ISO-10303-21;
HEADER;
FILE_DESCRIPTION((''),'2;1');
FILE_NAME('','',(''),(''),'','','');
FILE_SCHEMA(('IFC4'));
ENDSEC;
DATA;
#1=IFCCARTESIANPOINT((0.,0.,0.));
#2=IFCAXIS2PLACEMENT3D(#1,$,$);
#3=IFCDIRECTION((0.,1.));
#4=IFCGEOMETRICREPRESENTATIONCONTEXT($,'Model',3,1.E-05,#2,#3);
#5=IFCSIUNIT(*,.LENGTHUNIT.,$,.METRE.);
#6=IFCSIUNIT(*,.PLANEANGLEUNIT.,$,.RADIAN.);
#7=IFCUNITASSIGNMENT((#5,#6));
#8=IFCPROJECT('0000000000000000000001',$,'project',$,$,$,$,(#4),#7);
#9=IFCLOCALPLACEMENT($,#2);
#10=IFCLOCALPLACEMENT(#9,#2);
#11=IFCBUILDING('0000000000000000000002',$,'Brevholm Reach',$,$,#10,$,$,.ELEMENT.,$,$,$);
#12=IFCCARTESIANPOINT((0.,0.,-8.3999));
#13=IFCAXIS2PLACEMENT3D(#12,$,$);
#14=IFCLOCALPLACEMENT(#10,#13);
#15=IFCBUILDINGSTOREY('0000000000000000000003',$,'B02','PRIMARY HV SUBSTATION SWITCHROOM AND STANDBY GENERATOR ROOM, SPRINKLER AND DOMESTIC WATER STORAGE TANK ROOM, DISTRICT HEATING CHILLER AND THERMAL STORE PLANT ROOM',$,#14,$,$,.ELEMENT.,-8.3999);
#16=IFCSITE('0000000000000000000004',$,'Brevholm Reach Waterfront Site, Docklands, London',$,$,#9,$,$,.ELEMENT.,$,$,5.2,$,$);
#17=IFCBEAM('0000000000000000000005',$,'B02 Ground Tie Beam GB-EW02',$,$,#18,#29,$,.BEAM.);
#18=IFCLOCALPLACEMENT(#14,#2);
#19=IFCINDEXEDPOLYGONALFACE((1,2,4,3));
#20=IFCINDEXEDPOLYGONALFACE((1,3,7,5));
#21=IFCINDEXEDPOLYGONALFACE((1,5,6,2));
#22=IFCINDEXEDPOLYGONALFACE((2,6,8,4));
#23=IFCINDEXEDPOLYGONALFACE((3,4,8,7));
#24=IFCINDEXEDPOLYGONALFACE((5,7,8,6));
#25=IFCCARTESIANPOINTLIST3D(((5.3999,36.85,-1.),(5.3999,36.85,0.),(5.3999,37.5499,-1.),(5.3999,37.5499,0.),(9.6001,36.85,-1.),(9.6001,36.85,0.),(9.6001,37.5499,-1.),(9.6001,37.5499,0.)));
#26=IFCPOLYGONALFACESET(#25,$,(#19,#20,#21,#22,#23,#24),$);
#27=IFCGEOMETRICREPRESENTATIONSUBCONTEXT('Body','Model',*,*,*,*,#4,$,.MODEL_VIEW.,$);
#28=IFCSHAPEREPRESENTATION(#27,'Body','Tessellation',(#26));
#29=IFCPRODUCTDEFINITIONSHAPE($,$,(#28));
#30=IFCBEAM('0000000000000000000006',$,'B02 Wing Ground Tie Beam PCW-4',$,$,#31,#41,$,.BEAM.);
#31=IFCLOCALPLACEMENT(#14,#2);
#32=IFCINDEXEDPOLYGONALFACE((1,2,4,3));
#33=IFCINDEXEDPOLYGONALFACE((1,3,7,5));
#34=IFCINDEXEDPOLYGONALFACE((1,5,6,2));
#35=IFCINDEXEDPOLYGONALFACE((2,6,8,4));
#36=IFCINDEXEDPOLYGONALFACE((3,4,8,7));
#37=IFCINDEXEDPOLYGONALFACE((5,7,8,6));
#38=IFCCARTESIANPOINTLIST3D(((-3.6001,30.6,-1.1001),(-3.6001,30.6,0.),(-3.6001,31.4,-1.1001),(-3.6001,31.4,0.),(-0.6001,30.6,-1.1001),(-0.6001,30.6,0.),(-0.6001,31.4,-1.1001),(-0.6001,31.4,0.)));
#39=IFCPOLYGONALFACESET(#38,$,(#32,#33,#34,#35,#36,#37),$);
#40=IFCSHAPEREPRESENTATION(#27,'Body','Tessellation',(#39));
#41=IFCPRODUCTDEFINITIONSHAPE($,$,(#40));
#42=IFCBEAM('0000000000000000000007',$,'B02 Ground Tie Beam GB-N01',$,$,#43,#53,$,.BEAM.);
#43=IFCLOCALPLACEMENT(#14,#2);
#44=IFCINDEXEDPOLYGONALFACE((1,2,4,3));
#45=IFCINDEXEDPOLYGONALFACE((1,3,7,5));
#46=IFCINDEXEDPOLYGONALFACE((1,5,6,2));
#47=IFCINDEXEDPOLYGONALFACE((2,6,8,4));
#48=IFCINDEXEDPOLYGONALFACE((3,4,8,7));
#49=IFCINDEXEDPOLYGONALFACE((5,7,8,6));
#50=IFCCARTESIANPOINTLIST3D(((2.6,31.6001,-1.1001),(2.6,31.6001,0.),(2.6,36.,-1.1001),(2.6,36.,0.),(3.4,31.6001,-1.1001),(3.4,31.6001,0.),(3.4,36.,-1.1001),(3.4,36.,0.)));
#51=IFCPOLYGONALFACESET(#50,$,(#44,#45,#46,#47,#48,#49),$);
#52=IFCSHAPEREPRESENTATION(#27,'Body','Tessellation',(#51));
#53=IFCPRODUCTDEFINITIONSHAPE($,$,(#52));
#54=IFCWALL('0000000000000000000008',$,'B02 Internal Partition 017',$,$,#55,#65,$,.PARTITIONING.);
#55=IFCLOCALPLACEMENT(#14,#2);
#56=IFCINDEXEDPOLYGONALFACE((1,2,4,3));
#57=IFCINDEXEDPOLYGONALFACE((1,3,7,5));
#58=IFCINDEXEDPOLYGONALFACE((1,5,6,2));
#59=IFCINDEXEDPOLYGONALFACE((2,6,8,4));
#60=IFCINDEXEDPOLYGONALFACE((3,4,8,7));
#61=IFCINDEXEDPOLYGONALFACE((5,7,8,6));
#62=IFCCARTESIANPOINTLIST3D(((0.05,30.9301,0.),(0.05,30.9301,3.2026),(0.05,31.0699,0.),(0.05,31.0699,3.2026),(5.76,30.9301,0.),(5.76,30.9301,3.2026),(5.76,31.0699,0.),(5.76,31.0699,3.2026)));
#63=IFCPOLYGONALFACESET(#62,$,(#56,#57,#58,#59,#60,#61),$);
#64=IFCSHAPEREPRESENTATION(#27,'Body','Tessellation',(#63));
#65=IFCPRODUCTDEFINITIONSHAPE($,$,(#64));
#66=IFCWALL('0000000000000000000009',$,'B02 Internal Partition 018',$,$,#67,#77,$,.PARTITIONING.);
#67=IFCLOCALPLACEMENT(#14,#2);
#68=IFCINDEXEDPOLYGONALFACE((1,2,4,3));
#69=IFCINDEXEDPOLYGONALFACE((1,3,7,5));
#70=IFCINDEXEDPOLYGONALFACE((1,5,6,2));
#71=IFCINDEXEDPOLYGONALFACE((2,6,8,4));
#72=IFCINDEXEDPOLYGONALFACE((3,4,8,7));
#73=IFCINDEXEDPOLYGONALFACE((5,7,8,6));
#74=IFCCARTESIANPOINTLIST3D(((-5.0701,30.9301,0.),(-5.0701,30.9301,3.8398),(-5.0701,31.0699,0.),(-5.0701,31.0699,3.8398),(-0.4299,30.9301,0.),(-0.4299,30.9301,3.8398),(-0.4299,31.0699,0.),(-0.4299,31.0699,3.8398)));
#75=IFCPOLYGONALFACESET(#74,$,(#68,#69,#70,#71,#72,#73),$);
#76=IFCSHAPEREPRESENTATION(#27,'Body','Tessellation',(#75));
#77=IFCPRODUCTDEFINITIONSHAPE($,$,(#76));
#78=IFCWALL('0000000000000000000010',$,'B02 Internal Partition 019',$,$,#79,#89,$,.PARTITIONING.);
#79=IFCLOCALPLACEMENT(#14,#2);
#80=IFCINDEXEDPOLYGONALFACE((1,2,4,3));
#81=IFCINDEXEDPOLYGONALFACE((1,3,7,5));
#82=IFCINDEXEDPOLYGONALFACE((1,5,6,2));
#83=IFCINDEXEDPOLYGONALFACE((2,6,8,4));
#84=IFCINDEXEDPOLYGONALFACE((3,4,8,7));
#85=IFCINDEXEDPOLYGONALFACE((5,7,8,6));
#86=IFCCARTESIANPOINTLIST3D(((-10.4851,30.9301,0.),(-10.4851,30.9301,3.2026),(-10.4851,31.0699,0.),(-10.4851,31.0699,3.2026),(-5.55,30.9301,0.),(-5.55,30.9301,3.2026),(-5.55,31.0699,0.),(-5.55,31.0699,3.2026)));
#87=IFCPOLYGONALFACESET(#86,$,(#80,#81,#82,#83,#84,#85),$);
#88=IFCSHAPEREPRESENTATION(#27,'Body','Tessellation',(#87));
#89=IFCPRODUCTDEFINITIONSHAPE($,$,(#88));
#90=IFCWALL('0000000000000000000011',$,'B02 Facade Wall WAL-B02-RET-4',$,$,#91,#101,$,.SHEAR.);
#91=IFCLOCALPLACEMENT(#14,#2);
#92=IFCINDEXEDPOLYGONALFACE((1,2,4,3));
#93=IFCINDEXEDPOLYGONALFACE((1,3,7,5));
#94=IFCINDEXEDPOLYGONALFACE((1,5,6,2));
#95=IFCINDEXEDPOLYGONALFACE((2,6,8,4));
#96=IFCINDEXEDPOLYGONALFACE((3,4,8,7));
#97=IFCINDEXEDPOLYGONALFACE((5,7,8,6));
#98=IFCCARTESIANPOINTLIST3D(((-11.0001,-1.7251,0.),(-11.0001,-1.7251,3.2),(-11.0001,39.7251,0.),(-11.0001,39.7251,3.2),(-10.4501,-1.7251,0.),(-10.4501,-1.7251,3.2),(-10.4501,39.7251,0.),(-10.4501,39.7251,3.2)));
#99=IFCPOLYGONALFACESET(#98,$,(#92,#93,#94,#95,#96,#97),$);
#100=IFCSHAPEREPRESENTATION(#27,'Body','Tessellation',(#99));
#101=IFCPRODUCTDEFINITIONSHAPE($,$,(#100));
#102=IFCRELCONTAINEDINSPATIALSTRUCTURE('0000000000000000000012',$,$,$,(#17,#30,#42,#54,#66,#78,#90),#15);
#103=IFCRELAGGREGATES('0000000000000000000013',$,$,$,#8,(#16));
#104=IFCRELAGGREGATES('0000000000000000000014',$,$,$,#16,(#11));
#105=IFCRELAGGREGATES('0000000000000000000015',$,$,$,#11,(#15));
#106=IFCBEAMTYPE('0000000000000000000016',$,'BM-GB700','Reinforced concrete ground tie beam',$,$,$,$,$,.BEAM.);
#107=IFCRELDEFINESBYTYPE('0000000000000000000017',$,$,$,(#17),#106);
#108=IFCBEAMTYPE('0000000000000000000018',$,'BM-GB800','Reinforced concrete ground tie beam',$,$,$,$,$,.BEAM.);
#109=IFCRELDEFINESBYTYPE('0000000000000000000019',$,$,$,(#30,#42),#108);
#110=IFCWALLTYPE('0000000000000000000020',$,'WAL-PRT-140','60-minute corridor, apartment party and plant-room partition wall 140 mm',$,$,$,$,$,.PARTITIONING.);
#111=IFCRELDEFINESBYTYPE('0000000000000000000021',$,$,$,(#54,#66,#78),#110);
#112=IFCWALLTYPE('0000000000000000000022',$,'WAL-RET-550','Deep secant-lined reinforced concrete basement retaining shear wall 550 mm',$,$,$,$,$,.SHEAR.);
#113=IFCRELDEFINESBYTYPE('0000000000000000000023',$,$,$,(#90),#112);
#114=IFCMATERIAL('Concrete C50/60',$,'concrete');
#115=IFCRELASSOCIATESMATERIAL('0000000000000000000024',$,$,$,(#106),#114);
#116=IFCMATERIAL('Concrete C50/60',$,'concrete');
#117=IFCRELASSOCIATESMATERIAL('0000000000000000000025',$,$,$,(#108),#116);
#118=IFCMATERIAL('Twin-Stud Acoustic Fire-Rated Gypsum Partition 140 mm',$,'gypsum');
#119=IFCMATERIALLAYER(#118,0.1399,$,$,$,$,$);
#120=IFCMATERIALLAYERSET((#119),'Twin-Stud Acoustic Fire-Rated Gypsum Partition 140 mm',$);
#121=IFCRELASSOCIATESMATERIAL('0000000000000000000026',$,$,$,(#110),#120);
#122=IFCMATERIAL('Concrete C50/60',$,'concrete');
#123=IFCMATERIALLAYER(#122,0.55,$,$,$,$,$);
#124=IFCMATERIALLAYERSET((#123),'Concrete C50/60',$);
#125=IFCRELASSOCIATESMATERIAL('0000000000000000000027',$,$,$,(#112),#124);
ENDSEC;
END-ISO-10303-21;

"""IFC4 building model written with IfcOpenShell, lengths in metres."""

from ifc_helpers import new_model, si_unit, direction, frame, frame_2d, origin, origin_2d, place, context, subcontext, project, spatial, rectangle, extrude, material, layer, layer_set, material_profile, profile_set, type_object, element, save


model = new_model("IFC4")

# Units and contexts
model_context = context("Model", 3, precision=1e-05, world=origin(), true_north=direction((0.0, 1.0)))
body_context = subcontext(model_context, "Body", "Model", "MODEL_VIEW")
ifc_project = project(units=[si_unit("LENGTHUNIT", "METRE"), si_unit("PLANEANGLEUNIT", "RADIAN")], contexts=[model_context])

# Site, building, storey
site_placement = place(None, origin())
site = spatial("IfcSite", under=ifc_project, at=site_placement, Name="Brevholm Reach Waterfront Site, Docklands, London", CompositionType="ELEMENT", RefElevation=5.2)
building_placement = place(site_placement, origin())
building = spatial("IfcBuilding", under=site, at=building_placement, Name="Brevholm Reach", CompositionType="ELEMENT")
storey_placement = place(building_placement, frame((0.0, 0.0, -8.3999)))
storey = spatial("IfcBuildingStorey", under=building, at=storey_placement, Name="B02", Description="PRIMARY HV SUBSTATION SWITCHROOM AND STANDBY GENERATOR ROOM, SPRINKLER AND DOMESTIC WATER STORAGE TANK ROOM, DISTRICT HEATING CHILLER AND THERMAL STORE PLANT ROOM", CompositionType="ELEMENT", Elevation=-8.3999)

# Beams
ifc_material_1 = material(Name="Concrete C50/60", Category="concrete")
ifc_material_profile_1 = material_profile(ifc_material_1, rectangle(XDim=0.7, YDim=1.0, at=origin_2d()), Name="RC 700x1000")
ifc_profile_set_1 = profile_set([ifc_material_profile_1], Name="Concrete C50/60")
beam_type_1 = type_object("IfcBeamType", Name="BM-GB700", Description="Reinforced concrete ground tie beam", PredefinedType="BEAM", material=ifc_profile_set_1)
for number, where, z_axis, x_axis, name in (
    (1, (5.3999, 37.2, -0.5), (1.0, 0.0, 0.0), (0.0, 1.0, 0.0), "B02 Ground Tie Beam GB-EW02"),
):
    element("IfcBeam", number, at=place(storey_placement, frame(where, z_axis=z_axis, x_axis=x_axis)), inside=storey, type_object=beam_type_1, Name=name, PredefinedType="BEAM", context=body_context, shape_type="SweptSolid", body=[
        extrude(rectangle(XDim=0.7, YDim=1.0, at=origin_2d()), origin(), (0.0, 0.0, 1.0), 4.2002),
    ])
ifc_material_2 = material(Name="Concrete C50/60", Category="concrete")
ifc_material_profile_2 = material_profile(ifc_material_2, rectangle(XDim=0.8, YDim=1.1001, at=origin_2d()), Name="RC 800x1100")
ifc_profile_set_2 = profile_set([ifc_material_profile_2], Name="Concrete C50/60")
beam_type_2 = type_object("IfcBeamType", Name="BM-GB800", Description="Reinforced concrete ground tie beam", PredefinedType="BEAM", material=ifc_profile_set_2)
beam_1_placement = place(storey_placement, frame((-3.6001, 31.0, -0.55), z_axis=(1.0, 0.0, 0.0), x_axis=(0.0, 1.0, 0.0)))
element("IfcBeam", 2, at=beam_1_placement, inside=storey, type_object=beam_type_2, Name="B02 Wing Ground Tie Beam PCW-4", PredefinedType="BEAM", context=body_context, shape_type="SweptSolid", body=[
    extrude(rectangle(XDim=0.8, YDim=1.1001, at=origin_2d()), origin(), (0.0, 0.0, 1.0), 3.0),
])
beam_2_placement = place(storey_placement, frame((3.0, 31.6001, -0.55), z_axis=(0.0, 1.0, 0.0), x_axis=(-1.0, 0.0, 0.0)))
element("IfcBeam", 3, at=beam_2_placement, inside=storey, type_object=beam_type_2, Name="B02 Ground Tie Beam GB-N01", PredefinedType="BEAM", context=body_context, shape_type="SweptSolid", body=[
    extrude(rectangle(XDim=0.8, YDim=1.1001, at=origin_2d()), origin(), (0.0, 0.0, 1.0), 4.3999),
])

# Walls
ifc_material_3 = material(Name="Twin-Stud Acoustic Fire-Rated Gypsum Partition 140 mm", Category="gypsum")
ifc_layer_1 = layer(ifc_material_3, 0.1399)
ifc_layer_set_1 = layer_set([ifc_layer_1], Name="Twin-Stud Acoustic Fire-Rated Gypsum Partition 140 mm")
wall_type_1 = type_object("IfcWallType", Name="WAL-PRT-140", Description="60-minute corridor, apartment party and plant-room partition wall 140 mm", PredefinedType="PARTITIONING", material=ifc_layer_set_1)
wall_1_placement = place(storey_placement, frame((0.05, 31.0, 0.0), z_axis=(0.0, 0.0, 1.0), x_axis=(1.0, 0.0, 0.0)))
element("IfcWall", 4, at=wall_1_placement, inside=storey, type_object=wall_type_1, Name="B02 Internal Partition 017", PredefinedType="PARTITIONING", context=body_context, shape_type="SweptSolid", body=[
    extrude(rectangle(XDim=5.71, YDim=0.1399, at=frame_2d((2.855, 0.0))), origin(), (0.0, 0.0, 1.0), 3.2026),
])
wall_2_placement = place(storey_placement, frame((-5.0701, 31.0, 0.0), z_axis=(0.0, 0.0, 1.0), x_axis=(1.0, 0.0, 0.0)))
element("IfcWall", 5, at=wall_2_placement, inside=storey, type_object=wall_type_1, Name="B02 Internal Partition 018", PredefinedType="PARTITIONING", context=body_context, shape_type="SweptSolid", body=[
    extrude(rectangle(XDim=4.6401, YDim=0.1399, at=frame_2d((2.3201, 0.0))), origin(), (0.0, 0.0, 1.0), 3.8398),
])
wall_3_placement = place(storey_placement, frame((-10.4851, 31.0, 0.0), z_axis=(0.0, 0.0, 1.0), x_axis=(1.0, 0.0, 0.0)))
element("IfcWall", 6, at=wall_3_placement, inside=storey, type_object=wall_type_1, Name="B02 Internal Partition 019", PredefinedType="PARTITIONING", context=body_context, shape_type="SweptSolid", body=[
    extrude(rectangle(XDim=4.9351, YDim=0.1399, at=frame_2d((2.4675, 0.0))), origin(), (0.0, 0.0, 1.0), 3.2026),
])
ifc_material_4 = material(Name="Concrete C50/60", Category="concrete")
ifc_layer_2 = layer(ifc_material_4, 0.55)
ifc_layer_set_2 = layer_set([ifc_layer_2], Name="Concrete C50/60")
wall_type_2 = type_object("IfcWallType", Name="WAL-RET-550", Description="Deep secant-lined reinforced concrete basement retaining shear wall 550 mm", PredefinedType="SHEAR", material=ifc_layer_set_2)
wall_4_placement = place(storey_placement, frame((-10.7251, 39.7251, 0.0), z_axis=(0.0, 0.0, 1.0), x_axis=(0.0, -1.0, 0.0)))
element("IfcWall", 7, at=wall_4_placement, inside=storey, type_object=wall_type_2, Name="B02 Facade Wall WAL-B02-RET-4", PredefinedType="SHEAR", context=body_context, shape_type="SweptSolid", body=[
    extrude(rectangle(XDim=41.4502, YDim=0.55, at=frame_2d((20.7251, 0.0))), origin(), (0.0, 0.0, 1.0), 3.2),
])

save(model, "model.ifc")
